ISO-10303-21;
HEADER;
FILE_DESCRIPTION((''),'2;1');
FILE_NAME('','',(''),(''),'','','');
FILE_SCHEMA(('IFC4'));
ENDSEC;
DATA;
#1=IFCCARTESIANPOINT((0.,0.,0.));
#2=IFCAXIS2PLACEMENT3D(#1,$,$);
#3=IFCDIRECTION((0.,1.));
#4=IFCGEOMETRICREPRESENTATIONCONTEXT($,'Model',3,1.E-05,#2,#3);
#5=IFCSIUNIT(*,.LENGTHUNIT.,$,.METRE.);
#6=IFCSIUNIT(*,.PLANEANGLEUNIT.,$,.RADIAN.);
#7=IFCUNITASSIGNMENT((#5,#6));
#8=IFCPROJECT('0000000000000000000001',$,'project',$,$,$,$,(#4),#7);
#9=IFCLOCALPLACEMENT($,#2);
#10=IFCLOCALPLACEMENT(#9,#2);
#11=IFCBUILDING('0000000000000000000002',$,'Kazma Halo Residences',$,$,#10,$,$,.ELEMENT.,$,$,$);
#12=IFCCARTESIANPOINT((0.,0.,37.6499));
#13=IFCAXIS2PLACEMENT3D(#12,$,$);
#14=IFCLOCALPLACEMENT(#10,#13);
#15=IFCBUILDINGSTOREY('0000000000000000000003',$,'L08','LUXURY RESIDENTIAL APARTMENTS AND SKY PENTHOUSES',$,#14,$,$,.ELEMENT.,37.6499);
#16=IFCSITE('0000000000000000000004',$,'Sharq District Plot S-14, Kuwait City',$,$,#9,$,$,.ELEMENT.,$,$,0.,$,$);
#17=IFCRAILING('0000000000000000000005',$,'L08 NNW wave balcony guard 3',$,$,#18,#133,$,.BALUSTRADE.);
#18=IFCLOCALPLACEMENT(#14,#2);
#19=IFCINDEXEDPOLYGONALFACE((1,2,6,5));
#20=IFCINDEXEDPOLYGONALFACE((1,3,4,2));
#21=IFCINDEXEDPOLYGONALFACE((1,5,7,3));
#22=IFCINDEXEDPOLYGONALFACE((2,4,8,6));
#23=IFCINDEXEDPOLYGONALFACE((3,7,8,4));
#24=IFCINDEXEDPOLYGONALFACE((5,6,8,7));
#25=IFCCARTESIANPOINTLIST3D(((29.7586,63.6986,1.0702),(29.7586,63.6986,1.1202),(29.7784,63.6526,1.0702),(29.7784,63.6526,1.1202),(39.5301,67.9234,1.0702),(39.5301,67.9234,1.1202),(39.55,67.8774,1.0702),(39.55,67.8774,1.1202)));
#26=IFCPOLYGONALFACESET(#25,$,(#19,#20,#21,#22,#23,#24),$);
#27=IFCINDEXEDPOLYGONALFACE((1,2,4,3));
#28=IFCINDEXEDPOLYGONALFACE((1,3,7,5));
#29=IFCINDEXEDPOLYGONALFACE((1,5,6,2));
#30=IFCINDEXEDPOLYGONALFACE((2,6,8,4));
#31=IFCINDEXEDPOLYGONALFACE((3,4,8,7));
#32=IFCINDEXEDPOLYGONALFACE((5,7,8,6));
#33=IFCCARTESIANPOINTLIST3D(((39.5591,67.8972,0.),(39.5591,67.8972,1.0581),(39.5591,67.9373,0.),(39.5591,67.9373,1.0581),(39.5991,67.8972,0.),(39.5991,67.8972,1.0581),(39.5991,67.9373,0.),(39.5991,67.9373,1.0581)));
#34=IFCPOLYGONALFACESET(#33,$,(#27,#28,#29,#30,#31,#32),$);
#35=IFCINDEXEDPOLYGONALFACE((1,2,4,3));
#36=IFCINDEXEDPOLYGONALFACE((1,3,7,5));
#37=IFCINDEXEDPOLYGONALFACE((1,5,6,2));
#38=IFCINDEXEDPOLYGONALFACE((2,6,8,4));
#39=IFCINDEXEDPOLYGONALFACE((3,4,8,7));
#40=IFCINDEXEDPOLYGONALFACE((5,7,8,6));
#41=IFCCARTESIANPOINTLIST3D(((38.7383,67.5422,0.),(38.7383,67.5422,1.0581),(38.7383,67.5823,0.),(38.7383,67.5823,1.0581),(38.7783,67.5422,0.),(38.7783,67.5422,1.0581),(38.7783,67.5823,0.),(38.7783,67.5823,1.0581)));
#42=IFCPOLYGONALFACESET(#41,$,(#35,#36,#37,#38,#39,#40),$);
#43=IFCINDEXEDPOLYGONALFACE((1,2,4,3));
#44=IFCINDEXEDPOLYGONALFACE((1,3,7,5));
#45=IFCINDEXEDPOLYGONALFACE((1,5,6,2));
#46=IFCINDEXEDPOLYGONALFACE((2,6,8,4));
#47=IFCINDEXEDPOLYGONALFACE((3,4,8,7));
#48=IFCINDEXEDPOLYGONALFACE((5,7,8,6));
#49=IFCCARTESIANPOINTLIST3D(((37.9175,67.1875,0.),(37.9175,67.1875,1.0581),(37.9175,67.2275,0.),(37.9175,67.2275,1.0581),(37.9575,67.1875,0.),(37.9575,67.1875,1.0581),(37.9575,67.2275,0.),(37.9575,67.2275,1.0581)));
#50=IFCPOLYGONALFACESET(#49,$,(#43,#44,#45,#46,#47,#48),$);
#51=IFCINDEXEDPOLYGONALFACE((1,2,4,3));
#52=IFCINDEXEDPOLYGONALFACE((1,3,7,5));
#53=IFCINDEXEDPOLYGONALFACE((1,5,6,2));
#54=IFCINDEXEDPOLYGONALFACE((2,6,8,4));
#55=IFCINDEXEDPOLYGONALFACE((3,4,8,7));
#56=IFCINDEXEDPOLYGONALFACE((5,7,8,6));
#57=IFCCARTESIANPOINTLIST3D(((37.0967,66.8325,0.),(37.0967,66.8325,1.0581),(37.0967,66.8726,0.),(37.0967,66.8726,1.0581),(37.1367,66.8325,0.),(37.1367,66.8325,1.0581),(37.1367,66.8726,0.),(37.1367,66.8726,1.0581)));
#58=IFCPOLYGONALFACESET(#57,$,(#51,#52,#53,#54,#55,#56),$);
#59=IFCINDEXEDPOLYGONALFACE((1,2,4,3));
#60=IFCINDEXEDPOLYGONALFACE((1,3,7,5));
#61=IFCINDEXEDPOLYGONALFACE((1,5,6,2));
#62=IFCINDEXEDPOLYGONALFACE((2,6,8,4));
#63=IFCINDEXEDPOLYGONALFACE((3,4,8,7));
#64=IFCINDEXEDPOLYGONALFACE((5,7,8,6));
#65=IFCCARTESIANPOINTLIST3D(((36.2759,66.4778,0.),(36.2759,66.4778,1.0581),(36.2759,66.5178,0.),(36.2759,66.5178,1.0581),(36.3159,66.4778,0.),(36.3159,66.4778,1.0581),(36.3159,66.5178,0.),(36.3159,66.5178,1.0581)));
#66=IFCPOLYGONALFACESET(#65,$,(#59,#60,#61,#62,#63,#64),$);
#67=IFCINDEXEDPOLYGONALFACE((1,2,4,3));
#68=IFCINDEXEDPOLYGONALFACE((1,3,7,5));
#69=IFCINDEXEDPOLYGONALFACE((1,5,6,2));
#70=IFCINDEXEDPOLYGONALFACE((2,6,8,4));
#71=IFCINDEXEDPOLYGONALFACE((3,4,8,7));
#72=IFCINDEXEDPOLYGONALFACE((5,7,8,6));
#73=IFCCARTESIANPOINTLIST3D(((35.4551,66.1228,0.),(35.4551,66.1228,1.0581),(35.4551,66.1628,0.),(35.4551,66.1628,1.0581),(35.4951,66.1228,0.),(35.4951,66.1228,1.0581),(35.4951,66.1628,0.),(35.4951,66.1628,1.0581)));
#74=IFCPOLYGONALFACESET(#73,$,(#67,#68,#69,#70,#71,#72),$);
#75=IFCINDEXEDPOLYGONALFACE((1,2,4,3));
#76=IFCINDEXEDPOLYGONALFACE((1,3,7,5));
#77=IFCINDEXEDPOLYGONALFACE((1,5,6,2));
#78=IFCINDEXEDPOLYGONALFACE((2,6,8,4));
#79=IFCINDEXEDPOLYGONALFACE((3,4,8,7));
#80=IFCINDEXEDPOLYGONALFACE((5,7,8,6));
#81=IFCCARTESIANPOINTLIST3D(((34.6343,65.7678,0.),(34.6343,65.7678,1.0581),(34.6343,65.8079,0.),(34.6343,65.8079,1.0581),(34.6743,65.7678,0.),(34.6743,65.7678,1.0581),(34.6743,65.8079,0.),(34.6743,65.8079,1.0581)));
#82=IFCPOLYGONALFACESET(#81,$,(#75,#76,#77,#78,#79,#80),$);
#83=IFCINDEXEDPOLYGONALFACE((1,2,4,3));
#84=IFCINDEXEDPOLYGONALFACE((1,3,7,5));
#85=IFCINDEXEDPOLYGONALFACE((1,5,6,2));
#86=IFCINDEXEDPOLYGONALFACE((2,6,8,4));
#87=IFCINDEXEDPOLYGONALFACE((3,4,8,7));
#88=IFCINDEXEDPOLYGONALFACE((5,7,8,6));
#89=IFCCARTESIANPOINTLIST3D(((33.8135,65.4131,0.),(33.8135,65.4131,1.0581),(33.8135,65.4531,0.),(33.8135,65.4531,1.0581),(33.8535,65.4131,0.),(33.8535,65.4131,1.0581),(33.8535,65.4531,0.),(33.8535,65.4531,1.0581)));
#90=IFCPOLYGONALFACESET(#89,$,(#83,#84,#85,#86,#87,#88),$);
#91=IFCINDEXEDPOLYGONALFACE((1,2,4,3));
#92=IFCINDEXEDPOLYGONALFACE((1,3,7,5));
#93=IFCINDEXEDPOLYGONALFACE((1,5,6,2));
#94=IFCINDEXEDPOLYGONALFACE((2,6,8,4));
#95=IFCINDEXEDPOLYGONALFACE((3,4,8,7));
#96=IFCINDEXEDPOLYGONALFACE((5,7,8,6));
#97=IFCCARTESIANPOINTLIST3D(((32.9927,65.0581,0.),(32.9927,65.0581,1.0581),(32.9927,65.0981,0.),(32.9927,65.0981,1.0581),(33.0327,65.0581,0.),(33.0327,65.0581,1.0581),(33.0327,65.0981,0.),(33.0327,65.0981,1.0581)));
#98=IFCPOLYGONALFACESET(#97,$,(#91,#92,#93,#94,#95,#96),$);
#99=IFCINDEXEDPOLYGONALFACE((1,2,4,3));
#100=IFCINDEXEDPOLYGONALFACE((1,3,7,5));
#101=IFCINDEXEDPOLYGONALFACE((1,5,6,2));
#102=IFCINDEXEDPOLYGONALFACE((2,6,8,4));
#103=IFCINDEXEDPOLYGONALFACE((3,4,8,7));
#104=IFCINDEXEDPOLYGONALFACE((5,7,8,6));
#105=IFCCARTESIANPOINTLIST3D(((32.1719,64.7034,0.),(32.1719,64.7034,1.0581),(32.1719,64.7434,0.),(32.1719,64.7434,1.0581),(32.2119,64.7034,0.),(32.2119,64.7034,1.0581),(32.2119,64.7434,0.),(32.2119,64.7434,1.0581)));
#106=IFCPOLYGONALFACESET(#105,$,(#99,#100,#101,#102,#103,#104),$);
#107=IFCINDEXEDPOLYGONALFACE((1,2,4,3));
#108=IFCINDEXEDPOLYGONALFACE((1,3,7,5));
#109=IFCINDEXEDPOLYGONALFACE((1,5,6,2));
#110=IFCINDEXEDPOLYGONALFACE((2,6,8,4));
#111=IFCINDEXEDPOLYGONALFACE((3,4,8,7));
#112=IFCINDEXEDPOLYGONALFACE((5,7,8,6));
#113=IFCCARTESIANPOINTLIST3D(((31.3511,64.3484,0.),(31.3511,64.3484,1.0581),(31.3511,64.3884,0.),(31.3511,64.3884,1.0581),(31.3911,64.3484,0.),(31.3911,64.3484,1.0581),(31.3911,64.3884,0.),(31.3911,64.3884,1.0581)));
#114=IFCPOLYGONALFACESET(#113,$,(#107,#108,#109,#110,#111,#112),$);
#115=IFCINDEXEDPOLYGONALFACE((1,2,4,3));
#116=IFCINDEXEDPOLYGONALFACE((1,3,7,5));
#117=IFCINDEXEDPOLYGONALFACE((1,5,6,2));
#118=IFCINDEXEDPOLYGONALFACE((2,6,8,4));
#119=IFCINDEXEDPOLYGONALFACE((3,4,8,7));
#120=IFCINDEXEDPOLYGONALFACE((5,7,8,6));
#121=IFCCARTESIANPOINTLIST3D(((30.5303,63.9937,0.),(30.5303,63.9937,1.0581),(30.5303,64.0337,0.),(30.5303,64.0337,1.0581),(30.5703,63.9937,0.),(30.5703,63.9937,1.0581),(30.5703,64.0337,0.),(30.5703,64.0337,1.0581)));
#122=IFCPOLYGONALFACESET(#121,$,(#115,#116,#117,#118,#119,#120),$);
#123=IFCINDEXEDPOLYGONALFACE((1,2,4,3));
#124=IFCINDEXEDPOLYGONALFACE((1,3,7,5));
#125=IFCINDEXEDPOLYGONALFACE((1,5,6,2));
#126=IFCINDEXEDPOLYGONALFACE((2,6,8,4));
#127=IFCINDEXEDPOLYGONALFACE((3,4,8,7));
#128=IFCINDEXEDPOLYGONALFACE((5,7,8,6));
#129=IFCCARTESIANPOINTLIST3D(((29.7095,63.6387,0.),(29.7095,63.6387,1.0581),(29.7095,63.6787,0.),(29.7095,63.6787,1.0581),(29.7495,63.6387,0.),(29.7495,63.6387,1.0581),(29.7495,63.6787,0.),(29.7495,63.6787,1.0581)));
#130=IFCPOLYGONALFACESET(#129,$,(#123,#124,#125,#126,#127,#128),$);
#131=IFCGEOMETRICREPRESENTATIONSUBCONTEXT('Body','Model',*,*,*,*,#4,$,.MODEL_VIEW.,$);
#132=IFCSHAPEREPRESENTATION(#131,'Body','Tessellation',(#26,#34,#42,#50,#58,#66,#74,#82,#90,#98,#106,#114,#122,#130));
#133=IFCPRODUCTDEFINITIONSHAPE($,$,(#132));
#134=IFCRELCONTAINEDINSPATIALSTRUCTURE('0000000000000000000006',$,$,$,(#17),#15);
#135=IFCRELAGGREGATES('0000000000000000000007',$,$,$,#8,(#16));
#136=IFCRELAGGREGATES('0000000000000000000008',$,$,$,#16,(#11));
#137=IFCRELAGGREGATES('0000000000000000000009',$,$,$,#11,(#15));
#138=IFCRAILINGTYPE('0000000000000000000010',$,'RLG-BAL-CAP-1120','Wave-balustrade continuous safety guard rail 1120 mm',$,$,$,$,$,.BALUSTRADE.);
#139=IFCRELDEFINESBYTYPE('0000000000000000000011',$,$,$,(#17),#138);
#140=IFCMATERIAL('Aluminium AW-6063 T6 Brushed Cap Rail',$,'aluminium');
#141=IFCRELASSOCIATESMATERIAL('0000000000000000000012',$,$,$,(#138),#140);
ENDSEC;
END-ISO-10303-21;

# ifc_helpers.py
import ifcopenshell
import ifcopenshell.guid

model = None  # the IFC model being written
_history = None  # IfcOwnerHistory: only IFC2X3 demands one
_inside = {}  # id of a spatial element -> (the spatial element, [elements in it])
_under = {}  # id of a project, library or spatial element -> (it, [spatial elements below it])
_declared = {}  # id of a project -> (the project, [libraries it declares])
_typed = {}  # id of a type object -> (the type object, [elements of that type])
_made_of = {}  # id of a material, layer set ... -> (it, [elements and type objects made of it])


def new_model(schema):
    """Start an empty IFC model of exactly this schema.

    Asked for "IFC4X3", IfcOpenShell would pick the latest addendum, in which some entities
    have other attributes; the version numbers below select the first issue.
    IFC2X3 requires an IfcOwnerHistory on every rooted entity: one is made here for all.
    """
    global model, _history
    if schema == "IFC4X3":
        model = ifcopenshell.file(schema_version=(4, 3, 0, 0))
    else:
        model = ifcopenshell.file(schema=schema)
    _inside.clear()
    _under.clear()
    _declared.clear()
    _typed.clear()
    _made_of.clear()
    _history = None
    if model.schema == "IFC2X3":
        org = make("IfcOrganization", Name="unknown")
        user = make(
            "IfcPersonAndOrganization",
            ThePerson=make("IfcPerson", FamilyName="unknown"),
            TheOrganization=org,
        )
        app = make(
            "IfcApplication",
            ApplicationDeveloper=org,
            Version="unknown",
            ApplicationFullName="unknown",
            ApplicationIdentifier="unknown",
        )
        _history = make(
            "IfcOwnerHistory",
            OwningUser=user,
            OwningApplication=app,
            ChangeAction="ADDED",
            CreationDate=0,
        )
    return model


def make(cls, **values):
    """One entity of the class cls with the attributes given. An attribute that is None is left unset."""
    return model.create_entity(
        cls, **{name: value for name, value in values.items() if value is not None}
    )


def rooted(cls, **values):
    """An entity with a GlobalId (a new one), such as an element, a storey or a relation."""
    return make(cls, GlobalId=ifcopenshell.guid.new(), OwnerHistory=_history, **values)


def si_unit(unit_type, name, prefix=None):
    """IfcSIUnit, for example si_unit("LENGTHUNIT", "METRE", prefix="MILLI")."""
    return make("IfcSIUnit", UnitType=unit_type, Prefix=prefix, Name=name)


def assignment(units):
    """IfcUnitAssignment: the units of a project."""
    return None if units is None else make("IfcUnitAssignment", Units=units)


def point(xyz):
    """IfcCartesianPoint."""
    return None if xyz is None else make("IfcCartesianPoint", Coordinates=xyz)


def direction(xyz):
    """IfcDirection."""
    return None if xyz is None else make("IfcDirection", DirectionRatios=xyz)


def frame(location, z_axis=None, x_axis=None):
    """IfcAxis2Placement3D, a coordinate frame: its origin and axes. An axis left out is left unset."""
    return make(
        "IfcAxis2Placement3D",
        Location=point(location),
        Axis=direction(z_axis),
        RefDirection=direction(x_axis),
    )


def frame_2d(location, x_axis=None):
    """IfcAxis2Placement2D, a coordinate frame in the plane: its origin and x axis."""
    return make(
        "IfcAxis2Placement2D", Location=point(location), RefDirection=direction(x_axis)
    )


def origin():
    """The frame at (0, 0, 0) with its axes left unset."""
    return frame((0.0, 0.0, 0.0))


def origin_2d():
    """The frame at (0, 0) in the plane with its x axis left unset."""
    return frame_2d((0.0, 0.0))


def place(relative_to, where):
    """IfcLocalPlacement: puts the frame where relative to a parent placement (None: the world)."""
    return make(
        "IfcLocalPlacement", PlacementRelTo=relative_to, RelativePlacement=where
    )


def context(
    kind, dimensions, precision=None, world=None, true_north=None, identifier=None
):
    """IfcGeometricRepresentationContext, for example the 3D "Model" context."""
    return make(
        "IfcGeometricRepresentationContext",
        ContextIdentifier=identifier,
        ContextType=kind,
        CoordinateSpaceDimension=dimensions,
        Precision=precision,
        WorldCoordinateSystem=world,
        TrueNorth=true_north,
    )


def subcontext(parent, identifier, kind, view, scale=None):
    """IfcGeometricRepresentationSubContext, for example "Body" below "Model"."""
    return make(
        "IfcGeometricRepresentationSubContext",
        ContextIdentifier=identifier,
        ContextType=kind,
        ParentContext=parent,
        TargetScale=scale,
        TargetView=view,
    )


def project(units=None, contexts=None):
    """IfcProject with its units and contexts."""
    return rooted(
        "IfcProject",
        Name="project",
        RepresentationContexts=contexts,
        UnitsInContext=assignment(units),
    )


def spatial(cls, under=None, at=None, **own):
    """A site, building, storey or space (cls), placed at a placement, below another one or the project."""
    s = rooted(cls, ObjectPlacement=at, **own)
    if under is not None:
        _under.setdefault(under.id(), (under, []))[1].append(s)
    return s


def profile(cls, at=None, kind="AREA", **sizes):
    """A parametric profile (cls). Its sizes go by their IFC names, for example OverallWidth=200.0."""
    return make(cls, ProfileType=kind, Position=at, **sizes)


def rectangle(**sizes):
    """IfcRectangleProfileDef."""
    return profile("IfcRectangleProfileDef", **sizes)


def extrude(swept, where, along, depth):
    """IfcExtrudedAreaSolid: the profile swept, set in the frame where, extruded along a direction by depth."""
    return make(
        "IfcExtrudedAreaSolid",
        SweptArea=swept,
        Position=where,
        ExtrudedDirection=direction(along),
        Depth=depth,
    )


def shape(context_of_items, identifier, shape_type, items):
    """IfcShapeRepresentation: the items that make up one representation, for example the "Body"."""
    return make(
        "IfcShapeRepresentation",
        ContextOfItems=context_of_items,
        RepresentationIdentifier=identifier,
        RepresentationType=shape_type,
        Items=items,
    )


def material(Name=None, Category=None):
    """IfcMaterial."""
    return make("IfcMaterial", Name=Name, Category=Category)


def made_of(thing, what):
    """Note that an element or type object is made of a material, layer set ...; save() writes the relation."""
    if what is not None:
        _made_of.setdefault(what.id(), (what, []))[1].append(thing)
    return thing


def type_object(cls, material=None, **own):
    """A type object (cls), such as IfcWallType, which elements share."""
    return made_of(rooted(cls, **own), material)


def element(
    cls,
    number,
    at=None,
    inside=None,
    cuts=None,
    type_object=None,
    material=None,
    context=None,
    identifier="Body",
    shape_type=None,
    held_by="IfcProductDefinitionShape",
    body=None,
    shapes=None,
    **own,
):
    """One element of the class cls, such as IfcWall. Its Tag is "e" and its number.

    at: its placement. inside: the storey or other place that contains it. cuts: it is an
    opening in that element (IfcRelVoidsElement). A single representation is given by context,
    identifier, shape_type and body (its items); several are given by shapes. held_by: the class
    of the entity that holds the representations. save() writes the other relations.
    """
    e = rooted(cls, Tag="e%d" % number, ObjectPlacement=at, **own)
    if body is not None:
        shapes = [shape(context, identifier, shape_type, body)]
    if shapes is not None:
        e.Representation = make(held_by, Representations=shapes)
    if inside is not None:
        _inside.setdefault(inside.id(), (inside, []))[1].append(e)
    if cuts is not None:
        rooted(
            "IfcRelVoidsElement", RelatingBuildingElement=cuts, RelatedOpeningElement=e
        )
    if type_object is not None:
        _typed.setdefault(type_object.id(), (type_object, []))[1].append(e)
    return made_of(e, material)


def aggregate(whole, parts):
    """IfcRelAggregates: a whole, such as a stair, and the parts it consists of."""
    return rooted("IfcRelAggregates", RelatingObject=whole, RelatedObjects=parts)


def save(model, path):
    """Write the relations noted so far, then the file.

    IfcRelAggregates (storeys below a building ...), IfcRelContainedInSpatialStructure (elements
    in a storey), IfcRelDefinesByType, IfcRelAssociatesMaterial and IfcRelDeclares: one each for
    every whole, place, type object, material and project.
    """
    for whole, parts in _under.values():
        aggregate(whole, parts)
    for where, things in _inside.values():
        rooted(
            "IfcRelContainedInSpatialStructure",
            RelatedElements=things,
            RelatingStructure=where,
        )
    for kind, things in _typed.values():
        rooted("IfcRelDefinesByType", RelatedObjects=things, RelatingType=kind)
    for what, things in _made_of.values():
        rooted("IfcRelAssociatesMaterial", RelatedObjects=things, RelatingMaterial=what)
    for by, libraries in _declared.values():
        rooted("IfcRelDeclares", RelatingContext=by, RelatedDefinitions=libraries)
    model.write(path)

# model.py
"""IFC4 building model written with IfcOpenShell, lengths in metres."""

from ifc_helpers import new_model, si_unit, direction, frame, origin, origin_2d, place, context, subcontext, project, spatial, rectangle, extrude, material, type_object, element, save


model = new_model("IFC4")

# Units and contexts
model_context = context("Model", 3, precision=1e-05, world=origin(), true_north=direction((0.0, 1.0)))
body_context = subcontext(model_context, "Body", "Model", "MODEL_VIEW")
ifc_project = project(units=[si_unit("LENGTHUNIT", "METRE"), si_unit("PLANEANGLEUNIT", "RADIAN")], contexts=[model_context])

# Site, building, storey
site_placement = place(None, origin())
site = spatial("IfcSite", under=ifc_project, at=site_placement, Name="Sharq District Plot S-14, Kuwait City", CompositionType="ELEMENT", RefElevation=0.0)
building_placement = place(site_placement, origin())
building = spatial("IfcBuilding", under=site, at=building_placement, Name="Kazma Halo Residences", CompositionType="ELEMENT")
storey_placement = place(building_placement, frame((0.0, 0.0, 37.6499)))
storey = spatial("IfcBuildingStorey", under=building, at=storey_placement, Name="L08", Description="LUXURY RESIDENTIAL APARTMENTS AND SKY PENTHOUSES", CompositionType="ELEMENT", Elevation=37.6499)

# Railing
ifc_material_1 = material(Name="Aluminium AW-6063 T6 Brushed Cap Rail", Category="aluminium")
railing_type = type_object("IfcRailingType", Name="RLG-BAL-CAP-1120", Description="Wave-balustrade continuous safety guard rail 1120 mm", PredefinedType="BALUSTRADE", material=ifc_material_1)
railing_placement = place(storey_placement, frame((39.5791, 67.9172, 0.0)))
element("IfcRailing", 1, at=railing_placement, inside=storey, type_object=railing_type, Name="L08 NNW wave balcony guard 3", PredefinedType="BALUSTRADE", context=body_context, shape_type="SweptSolid", body=[
    extrude(rectangle(XDim=0.05, YDim=0.05, at=origin_2d()), frame((-0.0391, -0.0168, 1.0952), z_axis=(-0.917882, -0.396853, 0.0), x_axis=(0.396853, -0.917882, 0.0)), (0.0, 0.0, 1.0), 10.6458),
    extrude(rectangle(XDim=0.04, YDim=0.04, at=origin_2d()), origin(), (0.0, 0.0, 1.0), 1.0581),
    extrude(rectangle(XDim=0.04, YDim=0.04, at=origin_2d()), frame((-0.8208, -0.355, 0.0)), (0.0, 0.0, 1.0), 1.0581),
    extrude(rectangle(XDim=0.04, YDim=0.04, at=origin_2d()), frame((-1.6416, -0.7097, 0.0)), (0.0, 0.0, 1.0), 1.0581),
    extrude(rectangle(XDim=0.04, YDim=0.04, at=origin_2d()), frame((-2.4624, -1.0647, 0.0)), (0.0, 0.0, 1.0), 1.0581),
    extrude(rectangle(XDim=0.04, YDim=0.04, at=origin_2d()), frame((-3.2832, -1.4194, 0.0)), (0.0, 0.0, 1.0), 1.0581),
    extrude(rectangle(XDim=0.04, YDim=0.04, at=origin_2d()), frame((-4.104, -1.7744, 0.0)), (0.0, 0.0, 1.0), 1.0581),
    extrude(rectangle(XDim=0.04, YDim=0.04, at=origin_2d()), frame((-4.9248, -2.1294, 0.0)), (0.0, 0.0, 1.0), 1.0581),
    extrude(rectangle(XDim=0.04, YDim=0.04, at=origin_2d()), frame((-5.7456, -2.4841, 0.0)), (0.0, 0.0, 1.0), 1.0581),
    extrude(rectangle(XDim=0.04, YDim=0.04, at=origin_2d()), frame((-6.5664, -2.8391, 0.0)), (0.0, 0.0, 1.0), 1.0581),
    extrude(rectangle(XDim=0.04, YDim=0.04, at=origin_2d()), frame((-7.3872, -3.1938, 0.0)), (0.0, 0.0, 1.0), 1.0581),
    extrude(rectangle(XDim=0.04, YDim=0.04, at=origin_2d()), frame((-8.208, -3.5488, 0.0)), (0.0, 0.0, 1.0), 1.0581),
    extrude(rectangle(XDim=0.04, YDim=0.04, at=origin_2d()), frame((-9.0288, -3.9036, 0.0)), (0.0, 0.0, 1.0), 1.0581),
    extrude(rectangle(XDim=0.04, YDim=0.04, at=origin_2d()), frame((-9.8496, -4.2585, 0.0)), (0.0, 0.0, 1.0), 1.0581),
])

save(model, "model.ifc")
